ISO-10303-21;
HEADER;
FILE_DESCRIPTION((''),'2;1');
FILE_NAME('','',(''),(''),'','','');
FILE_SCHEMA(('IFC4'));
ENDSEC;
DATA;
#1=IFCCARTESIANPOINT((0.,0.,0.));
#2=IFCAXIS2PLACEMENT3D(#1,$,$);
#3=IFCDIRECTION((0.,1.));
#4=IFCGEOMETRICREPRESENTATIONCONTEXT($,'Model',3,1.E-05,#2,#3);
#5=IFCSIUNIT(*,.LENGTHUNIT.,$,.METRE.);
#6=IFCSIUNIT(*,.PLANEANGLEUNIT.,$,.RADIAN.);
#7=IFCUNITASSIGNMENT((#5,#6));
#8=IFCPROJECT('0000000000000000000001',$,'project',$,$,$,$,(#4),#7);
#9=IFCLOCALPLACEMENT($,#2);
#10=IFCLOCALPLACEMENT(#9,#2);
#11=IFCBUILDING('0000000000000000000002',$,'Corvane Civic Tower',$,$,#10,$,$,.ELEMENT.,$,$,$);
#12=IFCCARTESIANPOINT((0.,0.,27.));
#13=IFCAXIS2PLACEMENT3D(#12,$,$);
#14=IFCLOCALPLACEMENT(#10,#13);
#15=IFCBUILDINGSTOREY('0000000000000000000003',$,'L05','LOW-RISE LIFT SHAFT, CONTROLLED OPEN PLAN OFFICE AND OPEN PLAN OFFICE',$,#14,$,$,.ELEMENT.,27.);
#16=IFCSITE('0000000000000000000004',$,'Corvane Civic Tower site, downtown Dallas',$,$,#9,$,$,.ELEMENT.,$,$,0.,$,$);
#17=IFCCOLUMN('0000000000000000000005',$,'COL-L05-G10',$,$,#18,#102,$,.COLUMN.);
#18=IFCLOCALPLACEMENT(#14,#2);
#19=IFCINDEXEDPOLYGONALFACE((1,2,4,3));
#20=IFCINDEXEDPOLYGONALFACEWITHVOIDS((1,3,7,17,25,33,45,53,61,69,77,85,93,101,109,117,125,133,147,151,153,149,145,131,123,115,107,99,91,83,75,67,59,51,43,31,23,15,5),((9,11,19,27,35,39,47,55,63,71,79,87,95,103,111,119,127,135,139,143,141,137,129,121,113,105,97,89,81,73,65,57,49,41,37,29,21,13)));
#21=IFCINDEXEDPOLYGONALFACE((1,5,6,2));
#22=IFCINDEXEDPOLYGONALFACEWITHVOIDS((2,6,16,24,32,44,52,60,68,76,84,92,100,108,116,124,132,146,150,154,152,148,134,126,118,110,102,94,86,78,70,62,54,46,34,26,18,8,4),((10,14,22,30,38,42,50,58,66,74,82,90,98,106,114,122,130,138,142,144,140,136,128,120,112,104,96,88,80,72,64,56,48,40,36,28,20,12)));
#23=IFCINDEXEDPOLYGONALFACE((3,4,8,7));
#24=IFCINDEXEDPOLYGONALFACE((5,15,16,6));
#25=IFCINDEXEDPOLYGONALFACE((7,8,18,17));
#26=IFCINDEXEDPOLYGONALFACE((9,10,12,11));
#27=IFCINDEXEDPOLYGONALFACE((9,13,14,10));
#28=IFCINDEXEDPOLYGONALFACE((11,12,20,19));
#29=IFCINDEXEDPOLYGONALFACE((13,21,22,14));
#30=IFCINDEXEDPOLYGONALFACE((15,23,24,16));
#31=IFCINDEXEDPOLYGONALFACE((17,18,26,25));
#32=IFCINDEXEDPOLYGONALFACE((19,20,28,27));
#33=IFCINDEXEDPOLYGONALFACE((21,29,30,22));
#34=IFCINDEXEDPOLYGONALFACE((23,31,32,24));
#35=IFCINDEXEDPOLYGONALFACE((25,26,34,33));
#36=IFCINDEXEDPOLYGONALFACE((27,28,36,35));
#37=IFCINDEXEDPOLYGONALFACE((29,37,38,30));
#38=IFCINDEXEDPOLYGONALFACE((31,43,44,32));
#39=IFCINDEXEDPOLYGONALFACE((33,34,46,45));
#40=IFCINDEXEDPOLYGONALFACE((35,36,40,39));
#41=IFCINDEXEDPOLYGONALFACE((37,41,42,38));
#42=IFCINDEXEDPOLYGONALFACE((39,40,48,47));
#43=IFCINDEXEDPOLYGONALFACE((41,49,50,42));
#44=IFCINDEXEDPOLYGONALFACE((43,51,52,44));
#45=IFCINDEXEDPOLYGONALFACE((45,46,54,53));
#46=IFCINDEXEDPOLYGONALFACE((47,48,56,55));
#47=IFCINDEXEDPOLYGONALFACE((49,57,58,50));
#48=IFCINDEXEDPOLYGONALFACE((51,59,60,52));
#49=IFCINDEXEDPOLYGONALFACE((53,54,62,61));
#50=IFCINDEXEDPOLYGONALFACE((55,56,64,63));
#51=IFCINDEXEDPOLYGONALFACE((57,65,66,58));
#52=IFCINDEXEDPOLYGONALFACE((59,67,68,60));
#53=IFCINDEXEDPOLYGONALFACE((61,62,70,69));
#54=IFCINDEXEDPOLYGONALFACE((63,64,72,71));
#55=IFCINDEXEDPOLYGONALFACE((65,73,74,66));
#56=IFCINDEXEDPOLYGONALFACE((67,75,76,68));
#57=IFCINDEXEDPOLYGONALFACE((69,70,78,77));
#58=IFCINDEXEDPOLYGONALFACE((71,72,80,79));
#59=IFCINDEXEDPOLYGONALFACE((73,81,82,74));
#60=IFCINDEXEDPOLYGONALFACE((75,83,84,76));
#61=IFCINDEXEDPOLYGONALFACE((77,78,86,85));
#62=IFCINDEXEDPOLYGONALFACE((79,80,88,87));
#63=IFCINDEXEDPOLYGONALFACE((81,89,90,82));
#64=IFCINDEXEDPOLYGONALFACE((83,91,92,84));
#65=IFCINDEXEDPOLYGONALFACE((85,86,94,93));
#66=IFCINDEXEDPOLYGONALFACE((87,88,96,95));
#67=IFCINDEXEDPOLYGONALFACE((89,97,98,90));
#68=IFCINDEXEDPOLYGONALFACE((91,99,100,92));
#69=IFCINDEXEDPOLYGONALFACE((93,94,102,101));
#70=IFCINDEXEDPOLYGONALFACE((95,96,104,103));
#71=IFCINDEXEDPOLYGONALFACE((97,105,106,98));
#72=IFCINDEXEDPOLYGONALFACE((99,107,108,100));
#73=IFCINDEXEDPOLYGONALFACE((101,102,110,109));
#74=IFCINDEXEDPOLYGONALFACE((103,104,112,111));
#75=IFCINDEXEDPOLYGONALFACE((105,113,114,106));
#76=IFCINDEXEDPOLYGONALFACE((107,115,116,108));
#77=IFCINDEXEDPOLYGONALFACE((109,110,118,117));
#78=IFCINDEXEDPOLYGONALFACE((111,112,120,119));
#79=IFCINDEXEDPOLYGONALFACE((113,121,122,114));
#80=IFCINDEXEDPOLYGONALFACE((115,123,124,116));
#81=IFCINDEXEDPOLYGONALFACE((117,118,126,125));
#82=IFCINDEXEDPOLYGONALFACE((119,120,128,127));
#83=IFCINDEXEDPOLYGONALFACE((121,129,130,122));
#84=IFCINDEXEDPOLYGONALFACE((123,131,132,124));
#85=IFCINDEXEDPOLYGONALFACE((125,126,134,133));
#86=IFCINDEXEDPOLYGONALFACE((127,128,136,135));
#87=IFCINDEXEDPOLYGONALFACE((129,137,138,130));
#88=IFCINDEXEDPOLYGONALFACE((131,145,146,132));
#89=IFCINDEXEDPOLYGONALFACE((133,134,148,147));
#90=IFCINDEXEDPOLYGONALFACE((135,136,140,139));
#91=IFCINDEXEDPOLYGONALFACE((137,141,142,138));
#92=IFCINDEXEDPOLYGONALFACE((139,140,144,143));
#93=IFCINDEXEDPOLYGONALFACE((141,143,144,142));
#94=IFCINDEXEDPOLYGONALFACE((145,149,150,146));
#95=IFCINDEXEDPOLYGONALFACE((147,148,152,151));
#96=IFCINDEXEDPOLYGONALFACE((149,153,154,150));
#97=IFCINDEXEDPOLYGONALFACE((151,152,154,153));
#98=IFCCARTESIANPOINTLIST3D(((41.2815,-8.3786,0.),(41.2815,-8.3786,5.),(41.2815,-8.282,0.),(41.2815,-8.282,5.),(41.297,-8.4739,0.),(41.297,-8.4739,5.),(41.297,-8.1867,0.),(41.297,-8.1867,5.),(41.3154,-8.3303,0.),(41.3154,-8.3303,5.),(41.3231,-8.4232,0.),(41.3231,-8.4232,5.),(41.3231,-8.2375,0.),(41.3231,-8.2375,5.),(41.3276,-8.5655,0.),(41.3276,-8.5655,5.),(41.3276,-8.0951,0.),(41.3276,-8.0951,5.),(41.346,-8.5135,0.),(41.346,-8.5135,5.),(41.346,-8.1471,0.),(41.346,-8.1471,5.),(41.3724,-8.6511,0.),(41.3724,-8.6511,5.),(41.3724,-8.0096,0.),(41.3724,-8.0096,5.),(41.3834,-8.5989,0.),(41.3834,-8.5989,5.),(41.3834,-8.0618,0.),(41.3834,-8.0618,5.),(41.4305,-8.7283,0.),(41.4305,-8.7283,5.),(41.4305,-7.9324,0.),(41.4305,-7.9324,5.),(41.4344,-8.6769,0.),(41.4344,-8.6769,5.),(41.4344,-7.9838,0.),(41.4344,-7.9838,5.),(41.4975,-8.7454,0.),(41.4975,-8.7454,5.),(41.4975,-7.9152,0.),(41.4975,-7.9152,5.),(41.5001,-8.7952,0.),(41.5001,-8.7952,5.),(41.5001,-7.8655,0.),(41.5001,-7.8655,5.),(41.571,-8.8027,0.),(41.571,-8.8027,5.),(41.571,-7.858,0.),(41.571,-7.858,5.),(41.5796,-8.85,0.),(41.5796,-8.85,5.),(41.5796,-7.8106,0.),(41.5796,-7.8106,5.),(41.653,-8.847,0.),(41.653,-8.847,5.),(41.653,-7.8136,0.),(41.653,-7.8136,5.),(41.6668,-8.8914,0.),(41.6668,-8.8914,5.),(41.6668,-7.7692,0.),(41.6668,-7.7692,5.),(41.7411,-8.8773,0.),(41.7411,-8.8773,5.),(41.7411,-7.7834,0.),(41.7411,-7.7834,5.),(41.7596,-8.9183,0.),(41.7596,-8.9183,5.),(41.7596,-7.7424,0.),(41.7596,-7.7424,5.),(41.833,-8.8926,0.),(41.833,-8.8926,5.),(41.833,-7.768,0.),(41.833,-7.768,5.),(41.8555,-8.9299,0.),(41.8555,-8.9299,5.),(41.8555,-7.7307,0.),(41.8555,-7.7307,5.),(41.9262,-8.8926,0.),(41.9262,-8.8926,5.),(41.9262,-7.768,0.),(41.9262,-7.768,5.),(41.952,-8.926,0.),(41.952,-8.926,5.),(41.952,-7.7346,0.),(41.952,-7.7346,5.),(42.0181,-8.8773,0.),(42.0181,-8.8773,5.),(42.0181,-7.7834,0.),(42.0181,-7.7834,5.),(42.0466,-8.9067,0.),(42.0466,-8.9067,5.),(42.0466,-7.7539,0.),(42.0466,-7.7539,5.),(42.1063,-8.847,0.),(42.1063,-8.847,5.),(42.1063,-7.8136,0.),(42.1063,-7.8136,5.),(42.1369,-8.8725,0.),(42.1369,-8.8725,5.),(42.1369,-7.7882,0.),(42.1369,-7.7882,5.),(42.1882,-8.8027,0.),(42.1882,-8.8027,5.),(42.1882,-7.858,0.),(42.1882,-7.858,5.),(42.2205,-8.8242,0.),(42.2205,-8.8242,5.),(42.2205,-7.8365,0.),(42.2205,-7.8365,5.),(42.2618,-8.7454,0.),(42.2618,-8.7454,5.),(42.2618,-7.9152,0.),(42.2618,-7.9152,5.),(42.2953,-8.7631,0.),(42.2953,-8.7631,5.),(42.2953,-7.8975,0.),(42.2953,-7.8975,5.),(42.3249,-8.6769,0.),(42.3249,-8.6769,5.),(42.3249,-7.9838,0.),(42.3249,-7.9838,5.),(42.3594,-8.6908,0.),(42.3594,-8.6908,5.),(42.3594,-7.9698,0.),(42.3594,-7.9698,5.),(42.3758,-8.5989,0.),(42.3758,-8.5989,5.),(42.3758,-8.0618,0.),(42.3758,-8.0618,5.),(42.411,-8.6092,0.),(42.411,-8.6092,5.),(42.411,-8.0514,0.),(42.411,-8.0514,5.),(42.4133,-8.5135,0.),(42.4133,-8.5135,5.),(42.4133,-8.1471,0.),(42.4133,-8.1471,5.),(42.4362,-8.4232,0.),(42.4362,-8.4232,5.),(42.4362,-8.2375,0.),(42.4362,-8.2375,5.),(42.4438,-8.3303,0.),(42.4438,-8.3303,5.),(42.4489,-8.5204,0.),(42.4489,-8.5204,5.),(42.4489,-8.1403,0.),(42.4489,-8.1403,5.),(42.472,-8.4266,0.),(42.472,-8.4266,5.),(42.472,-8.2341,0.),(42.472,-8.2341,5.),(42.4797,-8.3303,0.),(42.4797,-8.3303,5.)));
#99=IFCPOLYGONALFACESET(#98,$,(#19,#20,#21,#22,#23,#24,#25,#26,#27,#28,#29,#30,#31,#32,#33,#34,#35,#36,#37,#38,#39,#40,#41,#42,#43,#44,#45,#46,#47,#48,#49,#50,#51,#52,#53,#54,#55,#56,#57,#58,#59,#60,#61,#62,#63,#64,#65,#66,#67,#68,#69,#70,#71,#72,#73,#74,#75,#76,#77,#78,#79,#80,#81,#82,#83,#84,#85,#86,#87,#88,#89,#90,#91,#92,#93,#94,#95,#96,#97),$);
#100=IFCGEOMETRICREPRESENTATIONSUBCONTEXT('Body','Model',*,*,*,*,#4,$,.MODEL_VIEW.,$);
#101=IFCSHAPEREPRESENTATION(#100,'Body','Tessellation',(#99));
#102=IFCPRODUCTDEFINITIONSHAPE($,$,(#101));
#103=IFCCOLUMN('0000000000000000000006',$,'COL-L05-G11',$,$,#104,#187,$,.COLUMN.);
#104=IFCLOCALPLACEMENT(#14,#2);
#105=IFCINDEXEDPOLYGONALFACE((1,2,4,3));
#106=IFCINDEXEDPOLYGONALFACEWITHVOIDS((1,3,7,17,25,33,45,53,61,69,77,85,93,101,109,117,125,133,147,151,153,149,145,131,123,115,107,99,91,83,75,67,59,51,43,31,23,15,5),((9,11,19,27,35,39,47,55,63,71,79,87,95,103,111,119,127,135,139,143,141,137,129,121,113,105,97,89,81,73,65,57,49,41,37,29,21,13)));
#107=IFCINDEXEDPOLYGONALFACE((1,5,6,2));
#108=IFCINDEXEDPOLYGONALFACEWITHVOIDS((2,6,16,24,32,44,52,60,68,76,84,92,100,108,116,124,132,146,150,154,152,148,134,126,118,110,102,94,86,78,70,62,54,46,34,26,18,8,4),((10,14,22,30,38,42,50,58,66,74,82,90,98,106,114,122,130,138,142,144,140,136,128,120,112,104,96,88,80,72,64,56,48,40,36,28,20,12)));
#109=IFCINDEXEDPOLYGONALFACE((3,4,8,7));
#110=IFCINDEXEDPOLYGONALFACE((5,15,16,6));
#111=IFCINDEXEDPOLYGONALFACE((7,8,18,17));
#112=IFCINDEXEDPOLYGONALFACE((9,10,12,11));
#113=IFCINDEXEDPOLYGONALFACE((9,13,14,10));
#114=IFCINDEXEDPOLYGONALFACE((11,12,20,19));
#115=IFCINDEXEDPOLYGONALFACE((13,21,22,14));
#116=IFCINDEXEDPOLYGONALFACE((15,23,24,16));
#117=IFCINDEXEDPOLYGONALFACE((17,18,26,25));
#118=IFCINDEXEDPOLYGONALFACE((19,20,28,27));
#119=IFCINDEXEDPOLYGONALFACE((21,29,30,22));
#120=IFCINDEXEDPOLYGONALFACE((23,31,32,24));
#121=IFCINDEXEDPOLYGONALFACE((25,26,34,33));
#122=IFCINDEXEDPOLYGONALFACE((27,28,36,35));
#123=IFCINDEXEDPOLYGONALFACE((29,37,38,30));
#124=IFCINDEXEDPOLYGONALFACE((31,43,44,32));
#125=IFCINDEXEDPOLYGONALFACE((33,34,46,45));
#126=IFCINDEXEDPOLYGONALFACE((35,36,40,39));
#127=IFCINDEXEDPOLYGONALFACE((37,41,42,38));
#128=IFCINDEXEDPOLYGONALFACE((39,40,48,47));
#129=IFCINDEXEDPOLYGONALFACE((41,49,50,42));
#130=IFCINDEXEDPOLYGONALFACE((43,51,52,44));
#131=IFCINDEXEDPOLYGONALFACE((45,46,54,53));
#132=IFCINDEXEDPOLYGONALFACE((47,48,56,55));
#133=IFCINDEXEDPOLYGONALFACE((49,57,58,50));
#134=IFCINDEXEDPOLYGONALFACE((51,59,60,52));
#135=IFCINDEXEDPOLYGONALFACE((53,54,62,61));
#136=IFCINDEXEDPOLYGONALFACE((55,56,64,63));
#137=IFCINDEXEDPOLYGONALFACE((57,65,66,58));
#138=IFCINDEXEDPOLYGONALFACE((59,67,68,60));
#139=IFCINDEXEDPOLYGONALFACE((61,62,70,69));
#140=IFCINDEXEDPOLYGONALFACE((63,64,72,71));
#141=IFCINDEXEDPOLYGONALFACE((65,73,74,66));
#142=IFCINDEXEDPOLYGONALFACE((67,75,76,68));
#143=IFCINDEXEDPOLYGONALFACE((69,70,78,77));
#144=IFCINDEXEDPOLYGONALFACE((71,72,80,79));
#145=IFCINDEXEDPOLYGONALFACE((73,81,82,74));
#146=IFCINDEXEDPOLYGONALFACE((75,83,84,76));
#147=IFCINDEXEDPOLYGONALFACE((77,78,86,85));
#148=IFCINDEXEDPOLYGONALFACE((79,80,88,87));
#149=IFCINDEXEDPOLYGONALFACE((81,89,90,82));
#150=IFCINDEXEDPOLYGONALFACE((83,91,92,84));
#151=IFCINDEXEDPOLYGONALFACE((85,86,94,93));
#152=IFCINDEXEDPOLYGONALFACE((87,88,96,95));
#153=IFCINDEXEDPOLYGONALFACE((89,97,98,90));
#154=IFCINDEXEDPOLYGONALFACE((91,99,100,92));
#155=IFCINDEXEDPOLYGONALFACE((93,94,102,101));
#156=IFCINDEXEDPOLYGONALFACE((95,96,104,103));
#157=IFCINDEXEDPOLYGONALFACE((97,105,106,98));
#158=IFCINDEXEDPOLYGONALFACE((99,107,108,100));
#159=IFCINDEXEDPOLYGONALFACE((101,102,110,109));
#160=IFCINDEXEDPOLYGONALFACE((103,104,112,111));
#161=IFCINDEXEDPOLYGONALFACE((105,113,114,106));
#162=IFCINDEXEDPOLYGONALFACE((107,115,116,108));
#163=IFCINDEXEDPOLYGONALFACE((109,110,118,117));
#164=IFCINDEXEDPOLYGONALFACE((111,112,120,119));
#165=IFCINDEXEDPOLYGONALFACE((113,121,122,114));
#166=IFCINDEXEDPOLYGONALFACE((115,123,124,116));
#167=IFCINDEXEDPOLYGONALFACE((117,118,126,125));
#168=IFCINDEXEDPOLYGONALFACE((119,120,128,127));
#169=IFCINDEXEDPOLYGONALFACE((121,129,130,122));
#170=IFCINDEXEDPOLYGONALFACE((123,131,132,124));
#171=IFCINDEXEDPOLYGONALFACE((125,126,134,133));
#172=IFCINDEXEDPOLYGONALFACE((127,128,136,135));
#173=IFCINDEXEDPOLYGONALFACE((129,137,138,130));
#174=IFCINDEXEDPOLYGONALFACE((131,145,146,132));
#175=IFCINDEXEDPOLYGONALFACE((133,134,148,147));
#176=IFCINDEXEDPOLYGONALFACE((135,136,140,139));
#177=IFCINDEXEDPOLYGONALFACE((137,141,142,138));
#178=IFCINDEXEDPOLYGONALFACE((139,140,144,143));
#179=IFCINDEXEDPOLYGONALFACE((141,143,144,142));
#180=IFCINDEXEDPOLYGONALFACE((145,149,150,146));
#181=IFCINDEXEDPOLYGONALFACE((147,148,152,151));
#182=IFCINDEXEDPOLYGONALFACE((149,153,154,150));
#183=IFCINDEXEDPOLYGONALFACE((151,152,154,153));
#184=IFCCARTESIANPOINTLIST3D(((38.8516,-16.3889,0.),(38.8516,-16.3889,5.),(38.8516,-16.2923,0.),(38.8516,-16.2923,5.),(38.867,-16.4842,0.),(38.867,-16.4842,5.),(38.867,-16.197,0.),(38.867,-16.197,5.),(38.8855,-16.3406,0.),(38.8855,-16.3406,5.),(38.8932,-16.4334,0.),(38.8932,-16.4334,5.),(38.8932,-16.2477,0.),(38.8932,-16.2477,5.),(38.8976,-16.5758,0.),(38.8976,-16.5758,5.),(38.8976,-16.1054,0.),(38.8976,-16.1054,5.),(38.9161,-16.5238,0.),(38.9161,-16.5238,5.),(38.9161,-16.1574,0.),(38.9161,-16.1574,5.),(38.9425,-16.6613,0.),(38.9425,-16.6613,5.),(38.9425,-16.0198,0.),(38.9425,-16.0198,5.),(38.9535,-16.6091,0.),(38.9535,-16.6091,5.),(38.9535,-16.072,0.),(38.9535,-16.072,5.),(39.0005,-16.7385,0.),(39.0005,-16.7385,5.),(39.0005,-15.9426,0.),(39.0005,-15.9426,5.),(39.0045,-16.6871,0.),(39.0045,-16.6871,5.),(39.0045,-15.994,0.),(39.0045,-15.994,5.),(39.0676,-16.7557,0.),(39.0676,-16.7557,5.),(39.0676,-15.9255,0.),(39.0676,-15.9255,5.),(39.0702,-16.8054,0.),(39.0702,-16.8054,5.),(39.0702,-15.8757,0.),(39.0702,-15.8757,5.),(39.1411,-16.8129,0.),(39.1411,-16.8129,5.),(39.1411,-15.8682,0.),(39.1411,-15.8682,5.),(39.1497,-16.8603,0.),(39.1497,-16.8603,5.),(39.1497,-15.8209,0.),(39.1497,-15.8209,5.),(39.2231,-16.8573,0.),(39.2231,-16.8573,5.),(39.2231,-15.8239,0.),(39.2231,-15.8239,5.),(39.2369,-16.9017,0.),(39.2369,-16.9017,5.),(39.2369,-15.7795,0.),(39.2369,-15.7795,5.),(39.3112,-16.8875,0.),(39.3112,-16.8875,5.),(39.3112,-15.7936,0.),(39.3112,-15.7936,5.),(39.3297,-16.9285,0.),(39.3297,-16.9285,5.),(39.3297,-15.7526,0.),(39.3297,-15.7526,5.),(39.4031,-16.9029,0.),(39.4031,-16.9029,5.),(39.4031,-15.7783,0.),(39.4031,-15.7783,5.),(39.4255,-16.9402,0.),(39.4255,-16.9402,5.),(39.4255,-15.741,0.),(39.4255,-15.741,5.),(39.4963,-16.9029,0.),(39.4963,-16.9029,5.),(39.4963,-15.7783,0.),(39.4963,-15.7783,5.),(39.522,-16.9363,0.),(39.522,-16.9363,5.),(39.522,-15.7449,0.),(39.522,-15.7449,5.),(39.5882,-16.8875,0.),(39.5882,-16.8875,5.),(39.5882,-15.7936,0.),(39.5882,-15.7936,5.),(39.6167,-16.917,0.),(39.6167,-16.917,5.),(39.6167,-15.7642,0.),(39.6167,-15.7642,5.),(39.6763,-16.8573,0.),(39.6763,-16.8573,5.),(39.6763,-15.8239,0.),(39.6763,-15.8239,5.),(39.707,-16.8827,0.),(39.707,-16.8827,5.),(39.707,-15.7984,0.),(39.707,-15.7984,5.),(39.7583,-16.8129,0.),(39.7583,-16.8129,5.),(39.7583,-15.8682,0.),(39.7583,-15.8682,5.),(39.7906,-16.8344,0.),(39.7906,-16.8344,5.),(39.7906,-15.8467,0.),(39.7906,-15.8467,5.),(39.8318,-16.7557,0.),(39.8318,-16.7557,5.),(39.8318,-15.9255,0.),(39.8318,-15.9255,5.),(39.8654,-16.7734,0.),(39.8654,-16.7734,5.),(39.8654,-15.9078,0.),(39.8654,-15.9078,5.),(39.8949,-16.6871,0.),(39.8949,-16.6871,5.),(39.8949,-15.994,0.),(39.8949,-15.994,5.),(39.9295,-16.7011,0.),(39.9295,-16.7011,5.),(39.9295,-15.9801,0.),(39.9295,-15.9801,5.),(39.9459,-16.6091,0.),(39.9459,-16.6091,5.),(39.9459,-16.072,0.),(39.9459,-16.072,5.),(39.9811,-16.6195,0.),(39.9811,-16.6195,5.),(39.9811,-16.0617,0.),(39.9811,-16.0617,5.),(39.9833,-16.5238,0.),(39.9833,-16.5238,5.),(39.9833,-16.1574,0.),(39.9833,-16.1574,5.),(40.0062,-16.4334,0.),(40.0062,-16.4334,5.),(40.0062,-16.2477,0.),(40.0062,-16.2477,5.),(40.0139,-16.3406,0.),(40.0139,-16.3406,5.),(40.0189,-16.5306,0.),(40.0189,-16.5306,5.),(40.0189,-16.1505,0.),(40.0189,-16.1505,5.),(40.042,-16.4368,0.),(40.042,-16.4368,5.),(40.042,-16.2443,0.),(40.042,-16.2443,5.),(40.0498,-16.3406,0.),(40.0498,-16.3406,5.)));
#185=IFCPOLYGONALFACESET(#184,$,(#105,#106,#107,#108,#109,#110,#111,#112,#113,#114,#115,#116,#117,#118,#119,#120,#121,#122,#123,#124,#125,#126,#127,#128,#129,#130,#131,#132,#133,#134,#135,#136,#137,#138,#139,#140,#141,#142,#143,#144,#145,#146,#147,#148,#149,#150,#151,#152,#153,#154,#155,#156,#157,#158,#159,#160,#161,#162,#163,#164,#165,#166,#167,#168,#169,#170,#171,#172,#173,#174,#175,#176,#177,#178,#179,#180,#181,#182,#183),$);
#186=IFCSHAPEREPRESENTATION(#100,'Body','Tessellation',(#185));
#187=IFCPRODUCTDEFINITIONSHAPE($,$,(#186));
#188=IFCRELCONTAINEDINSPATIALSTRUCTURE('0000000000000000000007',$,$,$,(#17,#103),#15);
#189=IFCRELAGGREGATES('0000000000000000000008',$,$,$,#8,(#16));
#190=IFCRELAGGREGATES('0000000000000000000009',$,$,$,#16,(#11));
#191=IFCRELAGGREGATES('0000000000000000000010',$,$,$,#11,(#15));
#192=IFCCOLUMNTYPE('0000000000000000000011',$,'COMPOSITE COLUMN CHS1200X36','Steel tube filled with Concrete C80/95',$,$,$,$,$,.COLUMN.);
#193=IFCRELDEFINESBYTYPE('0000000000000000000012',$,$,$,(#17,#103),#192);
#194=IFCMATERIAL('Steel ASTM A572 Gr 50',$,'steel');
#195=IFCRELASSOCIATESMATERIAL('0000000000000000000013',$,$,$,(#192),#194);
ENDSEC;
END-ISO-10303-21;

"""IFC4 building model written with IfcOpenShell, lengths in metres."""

from ifc_helpers import new_model, si_unit, direction, frame, origin, origin_2d, place, context, subcontext, project, spatial, hollow_circle, extrude, material, material_profile, profile_set, type_object, element, save


model = new_model("IFC4")

# Units and contexts
model_context = context("Model", 3, precision=1e-05, world=origin(), true_north=direction((0.0, 1.0)))
body_context = subcontext(model_context, "Body", "Model", "MODEL_VIEW")
ifc_project = project(units=[si_unit("LENGTHUNIT", "METRE"), si_unit("PLANEANGLEUNIT", "RADIAN")], contexts=[model_context])

# Site, building, storey
site_placement = place(None, origin())
site = spatial("IfcSite", under=ifc_project, at=site_placement, Name="Corvane Civic Tower site, downtown Dallas", CompositionType="ELEMENT", RefElevation=0.0)
building_placement = place(site_placement, origin())
building = spatial("IfcBuilding", under=site, at=building_placement, Name="Corvane Civic Tower", CompositionType="ELEMENT")
storey_placement = place(building_placement, frame((0.0, 0.0, 27.0)))
storey = spatial("IfcBuildingStorey", under=building, at=storey_placement, Name="L05", Description="LOW-RISE LIFT SHAFT, CONTROLLED OPEN PLAN OFFICE AND OPEN PLAN OFFICE", CompositionType="ELEMENT", Elevation=27.0)

# Columns
ifc_material_1 = material(Name="Steel ASTM A572 Gr 50", Category="steel")
ifc_material_profile_1 = material_profile(ifc_material_1, hollow_circle(Radius=0.6001, WallThickness=0.0359, at=origin_2d()), Name="CHS1200X36")
ifc_profile_set_1 = profile_set([ifc_material_profile_1], Name="Steel ASTM A572 Gr 50")
column_type_1 = type_object("IfcColumnType", Name="COMPOSITE COLUMN CHS1200X36", Description="Steel tube filled with Concrete C80/95", PredefinedType="COLUMN", material=ifc_profile_set_1)
for number, where, z_axis, x_axis, name in (
    (1, (41.8796, -8.3303, 0.0), (0.0, 0.0, 1.0), (1.0, 0.0, 0.0), "COL-L05-G10"),
    (2, (39.4497, -16.3406, 0.0), (0.0, 0.0, 1.0), (1.0, 0.0, 0.0), "COL-L05-G11"),
):
    element("IfcColumn", number, at=place(storey_placement, frame(where, z_axis=z_axis, x_axis=x_axis)), inside=storey, type_object=column_type_1, Name=name, PredefinedType="COLUMN", context=body_context, shape_type="SweptSolid", body=[
        extrude(hollow_circle(Radius=0.6001, WallThickness=0.0359, at=origin_2d()), origin(), (0.0, 0.0, 1.0), 5.0),
    ])

save(model, "model.ifc")
